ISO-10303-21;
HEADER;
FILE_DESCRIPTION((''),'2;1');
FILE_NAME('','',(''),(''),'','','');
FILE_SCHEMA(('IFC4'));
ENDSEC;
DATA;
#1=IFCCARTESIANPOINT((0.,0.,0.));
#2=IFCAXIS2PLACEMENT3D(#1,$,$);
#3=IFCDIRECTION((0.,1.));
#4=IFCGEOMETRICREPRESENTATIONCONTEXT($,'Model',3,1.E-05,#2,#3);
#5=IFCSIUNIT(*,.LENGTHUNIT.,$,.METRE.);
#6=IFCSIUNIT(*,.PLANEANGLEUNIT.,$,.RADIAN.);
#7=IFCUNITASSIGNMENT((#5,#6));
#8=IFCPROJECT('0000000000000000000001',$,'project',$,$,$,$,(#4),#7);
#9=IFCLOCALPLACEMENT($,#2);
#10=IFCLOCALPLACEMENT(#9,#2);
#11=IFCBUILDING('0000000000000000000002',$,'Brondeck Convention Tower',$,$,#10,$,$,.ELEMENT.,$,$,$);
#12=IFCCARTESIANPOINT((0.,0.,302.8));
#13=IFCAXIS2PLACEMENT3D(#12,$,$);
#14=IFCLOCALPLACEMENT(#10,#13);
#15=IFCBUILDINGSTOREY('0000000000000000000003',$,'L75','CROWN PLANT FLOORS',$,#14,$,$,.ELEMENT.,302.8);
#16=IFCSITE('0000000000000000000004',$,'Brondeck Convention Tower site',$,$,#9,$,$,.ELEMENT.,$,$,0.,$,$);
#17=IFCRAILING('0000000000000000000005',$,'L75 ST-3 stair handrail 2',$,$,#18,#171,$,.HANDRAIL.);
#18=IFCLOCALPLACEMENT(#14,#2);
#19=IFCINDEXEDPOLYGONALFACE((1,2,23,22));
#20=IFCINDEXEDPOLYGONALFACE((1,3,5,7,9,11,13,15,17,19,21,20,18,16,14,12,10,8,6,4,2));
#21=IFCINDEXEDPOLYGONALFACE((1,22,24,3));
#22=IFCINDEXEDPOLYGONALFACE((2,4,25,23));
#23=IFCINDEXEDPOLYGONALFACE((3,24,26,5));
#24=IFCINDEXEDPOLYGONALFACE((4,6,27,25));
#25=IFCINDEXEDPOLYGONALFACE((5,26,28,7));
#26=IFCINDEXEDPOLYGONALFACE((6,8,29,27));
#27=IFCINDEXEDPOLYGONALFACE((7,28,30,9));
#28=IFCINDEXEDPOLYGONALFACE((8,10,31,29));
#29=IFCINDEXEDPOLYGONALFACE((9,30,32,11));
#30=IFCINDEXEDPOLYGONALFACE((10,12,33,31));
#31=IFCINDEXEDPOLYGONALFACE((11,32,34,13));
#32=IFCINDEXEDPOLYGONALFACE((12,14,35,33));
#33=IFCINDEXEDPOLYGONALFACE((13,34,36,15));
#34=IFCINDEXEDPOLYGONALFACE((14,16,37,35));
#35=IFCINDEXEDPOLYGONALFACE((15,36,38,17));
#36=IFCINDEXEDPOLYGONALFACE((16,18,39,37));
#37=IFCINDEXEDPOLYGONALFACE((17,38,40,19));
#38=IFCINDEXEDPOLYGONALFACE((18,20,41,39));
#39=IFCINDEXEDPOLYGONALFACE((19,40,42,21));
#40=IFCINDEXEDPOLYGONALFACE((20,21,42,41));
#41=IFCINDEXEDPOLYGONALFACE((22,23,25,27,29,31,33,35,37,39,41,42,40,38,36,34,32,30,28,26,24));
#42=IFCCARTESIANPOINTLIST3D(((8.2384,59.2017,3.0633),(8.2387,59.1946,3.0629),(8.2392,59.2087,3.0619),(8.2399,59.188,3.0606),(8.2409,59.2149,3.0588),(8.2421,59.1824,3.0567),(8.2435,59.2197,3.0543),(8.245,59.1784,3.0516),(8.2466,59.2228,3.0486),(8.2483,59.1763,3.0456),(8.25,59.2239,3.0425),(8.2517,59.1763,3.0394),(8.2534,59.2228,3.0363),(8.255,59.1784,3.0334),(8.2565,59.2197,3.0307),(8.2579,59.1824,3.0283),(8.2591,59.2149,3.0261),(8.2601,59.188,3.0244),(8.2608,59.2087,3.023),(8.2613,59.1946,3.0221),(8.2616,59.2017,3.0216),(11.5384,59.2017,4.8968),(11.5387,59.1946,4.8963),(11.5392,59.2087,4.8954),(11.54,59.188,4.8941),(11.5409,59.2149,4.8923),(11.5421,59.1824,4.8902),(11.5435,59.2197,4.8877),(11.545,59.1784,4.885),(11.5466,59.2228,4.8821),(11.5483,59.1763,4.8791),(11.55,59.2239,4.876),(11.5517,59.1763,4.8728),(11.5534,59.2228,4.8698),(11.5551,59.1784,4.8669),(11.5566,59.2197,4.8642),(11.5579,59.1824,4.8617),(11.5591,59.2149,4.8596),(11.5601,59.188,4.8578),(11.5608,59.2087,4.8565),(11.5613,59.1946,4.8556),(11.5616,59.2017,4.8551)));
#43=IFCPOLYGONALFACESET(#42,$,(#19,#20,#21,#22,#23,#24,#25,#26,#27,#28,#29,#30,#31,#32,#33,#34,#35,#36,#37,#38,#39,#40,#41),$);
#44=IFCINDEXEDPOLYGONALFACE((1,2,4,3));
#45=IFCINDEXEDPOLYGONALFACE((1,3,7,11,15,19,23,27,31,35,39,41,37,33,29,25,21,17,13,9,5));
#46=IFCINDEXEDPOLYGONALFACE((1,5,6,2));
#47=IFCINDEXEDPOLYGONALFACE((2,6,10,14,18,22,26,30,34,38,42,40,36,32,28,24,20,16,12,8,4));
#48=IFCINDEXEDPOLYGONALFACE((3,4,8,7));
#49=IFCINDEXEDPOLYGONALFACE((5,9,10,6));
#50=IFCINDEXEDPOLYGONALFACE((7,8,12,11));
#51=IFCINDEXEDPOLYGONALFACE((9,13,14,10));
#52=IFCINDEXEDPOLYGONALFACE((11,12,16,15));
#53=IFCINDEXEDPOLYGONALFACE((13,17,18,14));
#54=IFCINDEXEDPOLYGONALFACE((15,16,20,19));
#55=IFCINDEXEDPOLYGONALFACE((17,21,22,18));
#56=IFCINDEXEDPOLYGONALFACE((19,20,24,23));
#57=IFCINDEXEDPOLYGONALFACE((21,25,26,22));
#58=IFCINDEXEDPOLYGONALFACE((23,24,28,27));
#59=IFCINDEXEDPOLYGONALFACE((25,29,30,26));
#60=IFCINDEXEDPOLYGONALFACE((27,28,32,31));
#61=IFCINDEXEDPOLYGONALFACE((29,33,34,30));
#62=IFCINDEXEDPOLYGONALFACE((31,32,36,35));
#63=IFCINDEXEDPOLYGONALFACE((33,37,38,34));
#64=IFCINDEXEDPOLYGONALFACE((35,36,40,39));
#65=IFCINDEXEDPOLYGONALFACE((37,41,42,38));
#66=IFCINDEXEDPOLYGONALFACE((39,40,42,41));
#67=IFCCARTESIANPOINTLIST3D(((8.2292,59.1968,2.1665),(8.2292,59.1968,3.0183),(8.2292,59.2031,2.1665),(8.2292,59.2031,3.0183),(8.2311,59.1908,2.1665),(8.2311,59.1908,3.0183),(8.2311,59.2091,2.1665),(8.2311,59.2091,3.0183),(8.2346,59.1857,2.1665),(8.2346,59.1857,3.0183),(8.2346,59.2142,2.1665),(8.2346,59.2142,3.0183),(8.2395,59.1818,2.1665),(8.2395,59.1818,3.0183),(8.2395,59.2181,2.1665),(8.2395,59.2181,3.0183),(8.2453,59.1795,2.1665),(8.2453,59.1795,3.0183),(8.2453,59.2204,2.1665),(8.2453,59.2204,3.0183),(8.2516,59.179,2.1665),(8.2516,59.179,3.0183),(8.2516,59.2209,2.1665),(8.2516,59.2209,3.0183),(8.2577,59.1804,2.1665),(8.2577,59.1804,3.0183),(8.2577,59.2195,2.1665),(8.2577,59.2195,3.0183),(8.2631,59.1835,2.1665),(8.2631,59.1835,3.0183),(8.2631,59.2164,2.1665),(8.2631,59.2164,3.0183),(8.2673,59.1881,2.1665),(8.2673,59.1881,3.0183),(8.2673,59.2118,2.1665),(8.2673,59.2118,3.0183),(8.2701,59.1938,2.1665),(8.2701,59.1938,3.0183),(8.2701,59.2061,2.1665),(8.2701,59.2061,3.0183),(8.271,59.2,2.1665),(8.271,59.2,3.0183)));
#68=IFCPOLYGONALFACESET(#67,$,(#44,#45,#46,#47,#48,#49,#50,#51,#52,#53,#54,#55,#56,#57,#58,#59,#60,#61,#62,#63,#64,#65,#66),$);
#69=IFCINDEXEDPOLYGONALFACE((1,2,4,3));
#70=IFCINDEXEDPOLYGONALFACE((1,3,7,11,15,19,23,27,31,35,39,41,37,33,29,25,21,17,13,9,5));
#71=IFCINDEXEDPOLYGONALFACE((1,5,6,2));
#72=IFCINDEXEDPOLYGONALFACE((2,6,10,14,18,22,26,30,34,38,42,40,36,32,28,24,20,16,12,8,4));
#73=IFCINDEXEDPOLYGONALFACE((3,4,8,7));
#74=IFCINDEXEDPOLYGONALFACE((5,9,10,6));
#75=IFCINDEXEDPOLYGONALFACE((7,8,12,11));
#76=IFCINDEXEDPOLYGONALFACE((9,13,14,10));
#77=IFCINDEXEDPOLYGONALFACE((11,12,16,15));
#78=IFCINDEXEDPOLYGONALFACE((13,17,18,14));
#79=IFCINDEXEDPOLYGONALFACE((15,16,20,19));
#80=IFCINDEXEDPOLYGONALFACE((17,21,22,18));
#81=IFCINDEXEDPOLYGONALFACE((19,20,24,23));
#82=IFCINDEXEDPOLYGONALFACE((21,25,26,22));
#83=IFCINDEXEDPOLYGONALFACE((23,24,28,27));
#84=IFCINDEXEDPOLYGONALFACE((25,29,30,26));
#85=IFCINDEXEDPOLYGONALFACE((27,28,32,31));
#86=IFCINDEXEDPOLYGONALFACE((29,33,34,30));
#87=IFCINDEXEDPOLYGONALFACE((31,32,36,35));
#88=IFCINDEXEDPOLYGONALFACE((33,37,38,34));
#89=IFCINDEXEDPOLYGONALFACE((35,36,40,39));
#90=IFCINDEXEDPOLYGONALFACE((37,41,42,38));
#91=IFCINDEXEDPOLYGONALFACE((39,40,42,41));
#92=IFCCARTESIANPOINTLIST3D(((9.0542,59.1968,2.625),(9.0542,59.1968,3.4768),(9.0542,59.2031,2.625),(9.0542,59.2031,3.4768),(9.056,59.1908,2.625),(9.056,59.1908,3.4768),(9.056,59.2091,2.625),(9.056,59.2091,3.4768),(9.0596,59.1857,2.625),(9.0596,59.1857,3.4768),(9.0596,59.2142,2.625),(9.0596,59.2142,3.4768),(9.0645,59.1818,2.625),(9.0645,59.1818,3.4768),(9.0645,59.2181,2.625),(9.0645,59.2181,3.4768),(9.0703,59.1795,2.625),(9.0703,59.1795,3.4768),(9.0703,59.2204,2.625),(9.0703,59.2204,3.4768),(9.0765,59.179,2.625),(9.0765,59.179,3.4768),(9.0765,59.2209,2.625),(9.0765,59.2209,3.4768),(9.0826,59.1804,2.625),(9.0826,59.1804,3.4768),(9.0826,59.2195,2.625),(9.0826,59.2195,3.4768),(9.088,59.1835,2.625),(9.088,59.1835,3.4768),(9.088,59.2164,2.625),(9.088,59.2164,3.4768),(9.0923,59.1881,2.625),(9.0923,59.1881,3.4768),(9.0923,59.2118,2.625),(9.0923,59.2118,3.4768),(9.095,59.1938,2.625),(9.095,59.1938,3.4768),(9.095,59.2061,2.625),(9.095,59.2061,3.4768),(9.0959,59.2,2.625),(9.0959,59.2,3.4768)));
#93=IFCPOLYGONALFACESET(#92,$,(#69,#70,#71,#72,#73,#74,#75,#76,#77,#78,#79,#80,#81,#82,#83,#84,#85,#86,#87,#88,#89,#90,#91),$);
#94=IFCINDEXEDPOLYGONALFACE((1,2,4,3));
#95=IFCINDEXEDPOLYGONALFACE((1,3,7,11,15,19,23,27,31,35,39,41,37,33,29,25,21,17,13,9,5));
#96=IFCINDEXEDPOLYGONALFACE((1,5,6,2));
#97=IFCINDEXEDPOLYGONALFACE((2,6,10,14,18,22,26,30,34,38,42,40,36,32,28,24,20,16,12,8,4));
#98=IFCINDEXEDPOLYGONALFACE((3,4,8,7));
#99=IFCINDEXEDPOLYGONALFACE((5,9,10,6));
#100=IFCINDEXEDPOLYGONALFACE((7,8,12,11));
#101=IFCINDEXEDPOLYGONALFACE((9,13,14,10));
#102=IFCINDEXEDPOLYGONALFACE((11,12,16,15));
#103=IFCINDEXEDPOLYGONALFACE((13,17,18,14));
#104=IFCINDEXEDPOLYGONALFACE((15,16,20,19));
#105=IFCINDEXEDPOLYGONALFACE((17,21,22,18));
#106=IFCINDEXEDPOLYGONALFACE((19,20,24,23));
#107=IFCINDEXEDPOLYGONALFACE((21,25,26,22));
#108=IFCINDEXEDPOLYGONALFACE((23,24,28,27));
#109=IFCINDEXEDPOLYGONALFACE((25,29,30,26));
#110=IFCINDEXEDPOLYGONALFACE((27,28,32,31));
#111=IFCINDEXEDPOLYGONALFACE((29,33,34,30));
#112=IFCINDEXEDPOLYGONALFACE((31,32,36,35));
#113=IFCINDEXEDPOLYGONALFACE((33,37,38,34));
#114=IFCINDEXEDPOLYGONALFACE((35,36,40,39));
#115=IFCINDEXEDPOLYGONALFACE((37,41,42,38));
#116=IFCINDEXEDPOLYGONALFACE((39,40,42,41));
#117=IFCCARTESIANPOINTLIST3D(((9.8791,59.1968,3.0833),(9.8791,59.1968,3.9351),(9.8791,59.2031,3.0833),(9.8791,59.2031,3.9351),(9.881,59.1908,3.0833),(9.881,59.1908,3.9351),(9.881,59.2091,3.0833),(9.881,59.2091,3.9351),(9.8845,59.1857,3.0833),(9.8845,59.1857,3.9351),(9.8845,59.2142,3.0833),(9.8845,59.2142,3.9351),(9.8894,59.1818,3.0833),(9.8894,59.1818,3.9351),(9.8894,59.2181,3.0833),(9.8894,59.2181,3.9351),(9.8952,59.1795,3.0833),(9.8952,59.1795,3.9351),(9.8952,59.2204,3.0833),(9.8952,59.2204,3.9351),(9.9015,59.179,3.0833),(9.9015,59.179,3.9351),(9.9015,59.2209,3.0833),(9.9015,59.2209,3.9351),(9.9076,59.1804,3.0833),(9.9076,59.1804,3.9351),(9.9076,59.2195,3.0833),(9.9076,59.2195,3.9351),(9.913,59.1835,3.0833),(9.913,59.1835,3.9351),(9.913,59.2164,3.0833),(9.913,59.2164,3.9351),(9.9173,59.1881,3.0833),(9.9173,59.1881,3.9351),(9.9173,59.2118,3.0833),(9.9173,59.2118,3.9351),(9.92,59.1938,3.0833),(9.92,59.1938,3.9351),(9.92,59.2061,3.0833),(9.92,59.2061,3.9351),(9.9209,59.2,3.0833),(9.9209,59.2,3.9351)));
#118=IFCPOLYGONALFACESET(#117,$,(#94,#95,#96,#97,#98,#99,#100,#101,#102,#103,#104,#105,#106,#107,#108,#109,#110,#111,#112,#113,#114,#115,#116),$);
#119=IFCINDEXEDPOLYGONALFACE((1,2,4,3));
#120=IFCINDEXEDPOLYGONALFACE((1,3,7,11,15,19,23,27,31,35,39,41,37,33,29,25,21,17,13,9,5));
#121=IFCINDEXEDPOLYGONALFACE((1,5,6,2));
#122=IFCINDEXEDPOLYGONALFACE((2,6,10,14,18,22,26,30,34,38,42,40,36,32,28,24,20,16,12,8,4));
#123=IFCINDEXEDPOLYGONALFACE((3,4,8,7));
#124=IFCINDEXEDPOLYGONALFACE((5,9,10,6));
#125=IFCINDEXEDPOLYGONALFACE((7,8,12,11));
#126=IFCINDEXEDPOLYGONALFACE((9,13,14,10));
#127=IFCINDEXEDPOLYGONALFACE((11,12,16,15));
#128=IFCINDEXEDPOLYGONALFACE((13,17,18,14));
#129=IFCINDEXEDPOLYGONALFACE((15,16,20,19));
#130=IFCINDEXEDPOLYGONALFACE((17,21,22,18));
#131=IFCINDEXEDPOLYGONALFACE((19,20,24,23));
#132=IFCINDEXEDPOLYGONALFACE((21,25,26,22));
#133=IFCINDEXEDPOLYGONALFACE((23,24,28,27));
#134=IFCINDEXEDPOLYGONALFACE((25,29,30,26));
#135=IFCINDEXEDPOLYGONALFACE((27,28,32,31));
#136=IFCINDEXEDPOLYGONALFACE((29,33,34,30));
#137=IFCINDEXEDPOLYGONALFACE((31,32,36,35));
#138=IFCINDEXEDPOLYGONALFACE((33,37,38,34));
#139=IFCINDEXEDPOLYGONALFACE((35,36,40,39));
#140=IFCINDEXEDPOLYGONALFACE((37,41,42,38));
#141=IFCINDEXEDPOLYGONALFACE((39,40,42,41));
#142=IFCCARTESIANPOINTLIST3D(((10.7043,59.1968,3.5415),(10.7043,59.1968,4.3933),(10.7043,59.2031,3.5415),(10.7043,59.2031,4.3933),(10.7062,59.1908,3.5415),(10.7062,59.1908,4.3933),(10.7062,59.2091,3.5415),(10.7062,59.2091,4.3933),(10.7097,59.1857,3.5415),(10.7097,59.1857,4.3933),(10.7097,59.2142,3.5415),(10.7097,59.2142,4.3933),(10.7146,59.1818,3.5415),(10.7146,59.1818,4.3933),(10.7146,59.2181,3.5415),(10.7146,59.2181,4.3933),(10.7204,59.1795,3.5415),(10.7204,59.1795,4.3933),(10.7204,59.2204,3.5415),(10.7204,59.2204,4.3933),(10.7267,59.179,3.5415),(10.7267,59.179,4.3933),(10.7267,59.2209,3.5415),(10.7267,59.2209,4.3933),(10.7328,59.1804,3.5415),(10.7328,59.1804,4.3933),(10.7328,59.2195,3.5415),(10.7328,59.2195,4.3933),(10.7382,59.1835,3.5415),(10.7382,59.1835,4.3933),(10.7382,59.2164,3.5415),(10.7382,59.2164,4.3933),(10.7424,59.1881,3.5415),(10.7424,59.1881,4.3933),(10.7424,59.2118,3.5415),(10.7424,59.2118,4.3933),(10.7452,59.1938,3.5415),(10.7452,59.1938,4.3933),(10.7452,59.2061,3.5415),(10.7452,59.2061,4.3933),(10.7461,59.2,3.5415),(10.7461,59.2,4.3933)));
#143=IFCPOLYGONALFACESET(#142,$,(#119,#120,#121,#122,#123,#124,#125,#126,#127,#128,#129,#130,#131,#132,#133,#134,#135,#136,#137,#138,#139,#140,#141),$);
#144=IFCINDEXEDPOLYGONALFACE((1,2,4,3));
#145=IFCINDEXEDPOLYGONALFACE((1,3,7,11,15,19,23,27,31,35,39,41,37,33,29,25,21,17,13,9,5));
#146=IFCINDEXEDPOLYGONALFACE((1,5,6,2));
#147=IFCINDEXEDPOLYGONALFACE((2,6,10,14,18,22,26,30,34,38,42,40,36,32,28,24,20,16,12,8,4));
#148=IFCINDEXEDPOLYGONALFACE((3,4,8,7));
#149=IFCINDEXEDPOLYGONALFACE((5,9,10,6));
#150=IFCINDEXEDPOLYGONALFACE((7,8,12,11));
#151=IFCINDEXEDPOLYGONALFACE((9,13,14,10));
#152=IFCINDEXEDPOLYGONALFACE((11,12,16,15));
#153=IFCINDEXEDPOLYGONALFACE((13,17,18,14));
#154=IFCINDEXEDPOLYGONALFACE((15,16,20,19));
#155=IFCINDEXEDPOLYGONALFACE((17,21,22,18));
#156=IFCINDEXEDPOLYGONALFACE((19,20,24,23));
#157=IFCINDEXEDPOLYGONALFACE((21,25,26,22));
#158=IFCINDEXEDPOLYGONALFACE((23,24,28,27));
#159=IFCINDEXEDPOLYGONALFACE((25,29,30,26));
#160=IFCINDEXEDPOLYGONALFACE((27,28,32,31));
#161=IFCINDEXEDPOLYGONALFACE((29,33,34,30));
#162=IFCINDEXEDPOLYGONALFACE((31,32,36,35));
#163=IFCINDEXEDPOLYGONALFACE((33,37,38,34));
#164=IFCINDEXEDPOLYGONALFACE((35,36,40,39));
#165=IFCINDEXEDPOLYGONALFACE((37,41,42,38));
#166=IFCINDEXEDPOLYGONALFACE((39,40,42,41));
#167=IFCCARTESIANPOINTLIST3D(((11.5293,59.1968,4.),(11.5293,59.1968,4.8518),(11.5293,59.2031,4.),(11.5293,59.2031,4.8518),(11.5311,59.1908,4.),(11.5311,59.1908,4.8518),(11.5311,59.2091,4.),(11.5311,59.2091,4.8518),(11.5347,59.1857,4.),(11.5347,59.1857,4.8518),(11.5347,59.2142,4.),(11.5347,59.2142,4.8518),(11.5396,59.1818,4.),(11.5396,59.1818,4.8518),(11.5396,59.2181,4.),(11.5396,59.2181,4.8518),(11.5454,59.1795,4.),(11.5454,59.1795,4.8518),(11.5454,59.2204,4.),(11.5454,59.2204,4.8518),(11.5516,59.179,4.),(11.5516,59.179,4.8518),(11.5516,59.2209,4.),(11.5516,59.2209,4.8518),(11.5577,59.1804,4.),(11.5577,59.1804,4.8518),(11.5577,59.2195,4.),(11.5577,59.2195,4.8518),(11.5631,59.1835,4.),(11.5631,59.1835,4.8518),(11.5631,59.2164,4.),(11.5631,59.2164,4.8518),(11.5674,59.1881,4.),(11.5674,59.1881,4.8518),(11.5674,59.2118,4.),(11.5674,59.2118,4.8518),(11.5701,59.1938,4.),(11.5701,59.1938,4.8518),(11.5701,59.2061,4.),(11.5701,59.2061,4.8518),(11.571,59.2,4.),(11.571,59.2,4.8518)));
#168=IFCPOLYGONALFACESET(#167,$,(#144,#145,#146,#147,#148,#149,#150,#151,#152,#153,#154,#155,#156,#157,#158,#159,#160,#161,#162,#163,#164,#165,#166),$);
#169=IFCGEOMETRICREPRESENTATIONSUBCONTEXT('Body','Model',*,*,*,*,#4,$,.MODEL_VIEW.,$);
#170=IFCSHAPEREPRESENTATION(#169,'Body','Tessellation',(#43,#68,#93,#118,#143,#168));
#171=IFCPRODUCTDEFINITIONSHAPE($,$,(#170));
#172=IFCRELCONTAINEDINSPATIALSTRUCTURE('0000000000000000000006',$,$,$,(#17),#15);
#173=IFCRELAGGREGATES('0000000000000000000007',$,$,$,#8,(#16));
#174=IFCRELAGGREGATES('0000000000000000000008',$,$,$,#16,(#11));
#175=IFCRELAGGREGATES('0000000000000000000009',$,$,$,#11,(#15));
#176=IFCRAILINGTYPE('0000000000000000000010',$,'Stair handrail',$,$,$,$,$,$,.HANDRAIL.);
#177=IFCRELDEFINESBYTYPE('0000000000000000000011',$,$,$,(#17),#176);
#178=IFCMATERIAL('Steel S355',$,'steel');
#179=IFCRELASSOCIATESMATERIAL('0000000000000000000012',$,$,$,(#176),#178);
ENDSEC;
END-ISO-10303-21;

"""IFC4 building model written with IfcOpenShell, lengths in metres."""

from ifc_helpers import new_model, si_unit, direction, frame, origin, origin_2d, place, context, subcontext, project, spatial, circle, extrude, material, type_object, element, save


model = new_model("IFC4")

# Units and contexts
model_context = context("Model", 3, precision=1e-05, world=origin(), true_north=direction((0.0, 1.0)))
body_context = subcontext(model_context, "Body", "Model", "MODEL_VIEW")
ifc_project = project(units=[si_unit("LENGTHUNIT", "METRE"), si_unit("PLANEANGLEUNIT", "RADIAN")], contexts=[model_context])

# Site, building, storey
site_placement = place(None, origin())
site = spatial("IfcSite", under=ifc_project, at=site_placement, Name="Brondeck Convention Tower site", CompositionType="ELEMENT", RefElevation=0.0)
building_placement = place(site_placement, origin())
building = spatial("IfcBuilding", under=site, at=building_placement, Name="Brondeck Convention Tower", CompositionType="ELEMENT")
storey_placement = place(building_placement, frame((0.0, 0.0, 302.8)))
storey = spatial("IfcBuildingStorey", under=building, at=storey_placement, Name="L75", Description="CROWN PLANT FLOORS", CompositionType="ELEMENT", Elevation=302.8)

# Railing
ifc_material_1 = material(Name="Steel S355", Category="steel")
railing_type_1 = type_object("IfcRailingType", Name="Stair handrail", PredefinedType="HANDRAIL", material=ifc_material_1)
railing_1_placement = place(storey_placement, frame((8.25, 59.2, 2.1665)))
element("IfcRailing", 1, at=railing_1_placement, inside=storey, type_object=railing_type_1, Name="L75 ST-3 stair handrail 2", PredefinedType="HANDRAIL", context=body_context, shape_type="SweptSolid", body=[
    extrude(circle(Radius=0.0239, at=origin_2d()), frame((0.0, 0.0, 0.876), z_axis=(0.874142, 0.0, 0.48567), x_axis=(0.0, 1.0, 0.0)), (0.0, 0.0, 1.0), 3.7751),
    extrude(circle(Radius=0.021, at=origin_2d()), origin(), (0.0, 0.0, 1.0), 0.8518),
    extrude(circle(Radius=0.021, at=origin_2d()), frame((0.825, 0.0, 0.4585)), (0.0, 0.0, 1.0), 0.8518),
    extrude(circle(Radius=0.021, at=origin_2d()), frame((1.6499, 0.0, 0.9167)), (0.0, 0.0, 1.0), 0.8518),
    extrude(circle(Radius=0.021, at=origin_2d()), frame((2.4751, 0.0, 1.375)), (0.0, 0.0, 1.0), 0.8518),
    extrude(circle(Radius=0.021, at=origin_2d()), frame((3.3, 0.0, 1.8335)), (0.0, 0.0, 1.0), 0.8518),
])

save(model, "model.ifc")
